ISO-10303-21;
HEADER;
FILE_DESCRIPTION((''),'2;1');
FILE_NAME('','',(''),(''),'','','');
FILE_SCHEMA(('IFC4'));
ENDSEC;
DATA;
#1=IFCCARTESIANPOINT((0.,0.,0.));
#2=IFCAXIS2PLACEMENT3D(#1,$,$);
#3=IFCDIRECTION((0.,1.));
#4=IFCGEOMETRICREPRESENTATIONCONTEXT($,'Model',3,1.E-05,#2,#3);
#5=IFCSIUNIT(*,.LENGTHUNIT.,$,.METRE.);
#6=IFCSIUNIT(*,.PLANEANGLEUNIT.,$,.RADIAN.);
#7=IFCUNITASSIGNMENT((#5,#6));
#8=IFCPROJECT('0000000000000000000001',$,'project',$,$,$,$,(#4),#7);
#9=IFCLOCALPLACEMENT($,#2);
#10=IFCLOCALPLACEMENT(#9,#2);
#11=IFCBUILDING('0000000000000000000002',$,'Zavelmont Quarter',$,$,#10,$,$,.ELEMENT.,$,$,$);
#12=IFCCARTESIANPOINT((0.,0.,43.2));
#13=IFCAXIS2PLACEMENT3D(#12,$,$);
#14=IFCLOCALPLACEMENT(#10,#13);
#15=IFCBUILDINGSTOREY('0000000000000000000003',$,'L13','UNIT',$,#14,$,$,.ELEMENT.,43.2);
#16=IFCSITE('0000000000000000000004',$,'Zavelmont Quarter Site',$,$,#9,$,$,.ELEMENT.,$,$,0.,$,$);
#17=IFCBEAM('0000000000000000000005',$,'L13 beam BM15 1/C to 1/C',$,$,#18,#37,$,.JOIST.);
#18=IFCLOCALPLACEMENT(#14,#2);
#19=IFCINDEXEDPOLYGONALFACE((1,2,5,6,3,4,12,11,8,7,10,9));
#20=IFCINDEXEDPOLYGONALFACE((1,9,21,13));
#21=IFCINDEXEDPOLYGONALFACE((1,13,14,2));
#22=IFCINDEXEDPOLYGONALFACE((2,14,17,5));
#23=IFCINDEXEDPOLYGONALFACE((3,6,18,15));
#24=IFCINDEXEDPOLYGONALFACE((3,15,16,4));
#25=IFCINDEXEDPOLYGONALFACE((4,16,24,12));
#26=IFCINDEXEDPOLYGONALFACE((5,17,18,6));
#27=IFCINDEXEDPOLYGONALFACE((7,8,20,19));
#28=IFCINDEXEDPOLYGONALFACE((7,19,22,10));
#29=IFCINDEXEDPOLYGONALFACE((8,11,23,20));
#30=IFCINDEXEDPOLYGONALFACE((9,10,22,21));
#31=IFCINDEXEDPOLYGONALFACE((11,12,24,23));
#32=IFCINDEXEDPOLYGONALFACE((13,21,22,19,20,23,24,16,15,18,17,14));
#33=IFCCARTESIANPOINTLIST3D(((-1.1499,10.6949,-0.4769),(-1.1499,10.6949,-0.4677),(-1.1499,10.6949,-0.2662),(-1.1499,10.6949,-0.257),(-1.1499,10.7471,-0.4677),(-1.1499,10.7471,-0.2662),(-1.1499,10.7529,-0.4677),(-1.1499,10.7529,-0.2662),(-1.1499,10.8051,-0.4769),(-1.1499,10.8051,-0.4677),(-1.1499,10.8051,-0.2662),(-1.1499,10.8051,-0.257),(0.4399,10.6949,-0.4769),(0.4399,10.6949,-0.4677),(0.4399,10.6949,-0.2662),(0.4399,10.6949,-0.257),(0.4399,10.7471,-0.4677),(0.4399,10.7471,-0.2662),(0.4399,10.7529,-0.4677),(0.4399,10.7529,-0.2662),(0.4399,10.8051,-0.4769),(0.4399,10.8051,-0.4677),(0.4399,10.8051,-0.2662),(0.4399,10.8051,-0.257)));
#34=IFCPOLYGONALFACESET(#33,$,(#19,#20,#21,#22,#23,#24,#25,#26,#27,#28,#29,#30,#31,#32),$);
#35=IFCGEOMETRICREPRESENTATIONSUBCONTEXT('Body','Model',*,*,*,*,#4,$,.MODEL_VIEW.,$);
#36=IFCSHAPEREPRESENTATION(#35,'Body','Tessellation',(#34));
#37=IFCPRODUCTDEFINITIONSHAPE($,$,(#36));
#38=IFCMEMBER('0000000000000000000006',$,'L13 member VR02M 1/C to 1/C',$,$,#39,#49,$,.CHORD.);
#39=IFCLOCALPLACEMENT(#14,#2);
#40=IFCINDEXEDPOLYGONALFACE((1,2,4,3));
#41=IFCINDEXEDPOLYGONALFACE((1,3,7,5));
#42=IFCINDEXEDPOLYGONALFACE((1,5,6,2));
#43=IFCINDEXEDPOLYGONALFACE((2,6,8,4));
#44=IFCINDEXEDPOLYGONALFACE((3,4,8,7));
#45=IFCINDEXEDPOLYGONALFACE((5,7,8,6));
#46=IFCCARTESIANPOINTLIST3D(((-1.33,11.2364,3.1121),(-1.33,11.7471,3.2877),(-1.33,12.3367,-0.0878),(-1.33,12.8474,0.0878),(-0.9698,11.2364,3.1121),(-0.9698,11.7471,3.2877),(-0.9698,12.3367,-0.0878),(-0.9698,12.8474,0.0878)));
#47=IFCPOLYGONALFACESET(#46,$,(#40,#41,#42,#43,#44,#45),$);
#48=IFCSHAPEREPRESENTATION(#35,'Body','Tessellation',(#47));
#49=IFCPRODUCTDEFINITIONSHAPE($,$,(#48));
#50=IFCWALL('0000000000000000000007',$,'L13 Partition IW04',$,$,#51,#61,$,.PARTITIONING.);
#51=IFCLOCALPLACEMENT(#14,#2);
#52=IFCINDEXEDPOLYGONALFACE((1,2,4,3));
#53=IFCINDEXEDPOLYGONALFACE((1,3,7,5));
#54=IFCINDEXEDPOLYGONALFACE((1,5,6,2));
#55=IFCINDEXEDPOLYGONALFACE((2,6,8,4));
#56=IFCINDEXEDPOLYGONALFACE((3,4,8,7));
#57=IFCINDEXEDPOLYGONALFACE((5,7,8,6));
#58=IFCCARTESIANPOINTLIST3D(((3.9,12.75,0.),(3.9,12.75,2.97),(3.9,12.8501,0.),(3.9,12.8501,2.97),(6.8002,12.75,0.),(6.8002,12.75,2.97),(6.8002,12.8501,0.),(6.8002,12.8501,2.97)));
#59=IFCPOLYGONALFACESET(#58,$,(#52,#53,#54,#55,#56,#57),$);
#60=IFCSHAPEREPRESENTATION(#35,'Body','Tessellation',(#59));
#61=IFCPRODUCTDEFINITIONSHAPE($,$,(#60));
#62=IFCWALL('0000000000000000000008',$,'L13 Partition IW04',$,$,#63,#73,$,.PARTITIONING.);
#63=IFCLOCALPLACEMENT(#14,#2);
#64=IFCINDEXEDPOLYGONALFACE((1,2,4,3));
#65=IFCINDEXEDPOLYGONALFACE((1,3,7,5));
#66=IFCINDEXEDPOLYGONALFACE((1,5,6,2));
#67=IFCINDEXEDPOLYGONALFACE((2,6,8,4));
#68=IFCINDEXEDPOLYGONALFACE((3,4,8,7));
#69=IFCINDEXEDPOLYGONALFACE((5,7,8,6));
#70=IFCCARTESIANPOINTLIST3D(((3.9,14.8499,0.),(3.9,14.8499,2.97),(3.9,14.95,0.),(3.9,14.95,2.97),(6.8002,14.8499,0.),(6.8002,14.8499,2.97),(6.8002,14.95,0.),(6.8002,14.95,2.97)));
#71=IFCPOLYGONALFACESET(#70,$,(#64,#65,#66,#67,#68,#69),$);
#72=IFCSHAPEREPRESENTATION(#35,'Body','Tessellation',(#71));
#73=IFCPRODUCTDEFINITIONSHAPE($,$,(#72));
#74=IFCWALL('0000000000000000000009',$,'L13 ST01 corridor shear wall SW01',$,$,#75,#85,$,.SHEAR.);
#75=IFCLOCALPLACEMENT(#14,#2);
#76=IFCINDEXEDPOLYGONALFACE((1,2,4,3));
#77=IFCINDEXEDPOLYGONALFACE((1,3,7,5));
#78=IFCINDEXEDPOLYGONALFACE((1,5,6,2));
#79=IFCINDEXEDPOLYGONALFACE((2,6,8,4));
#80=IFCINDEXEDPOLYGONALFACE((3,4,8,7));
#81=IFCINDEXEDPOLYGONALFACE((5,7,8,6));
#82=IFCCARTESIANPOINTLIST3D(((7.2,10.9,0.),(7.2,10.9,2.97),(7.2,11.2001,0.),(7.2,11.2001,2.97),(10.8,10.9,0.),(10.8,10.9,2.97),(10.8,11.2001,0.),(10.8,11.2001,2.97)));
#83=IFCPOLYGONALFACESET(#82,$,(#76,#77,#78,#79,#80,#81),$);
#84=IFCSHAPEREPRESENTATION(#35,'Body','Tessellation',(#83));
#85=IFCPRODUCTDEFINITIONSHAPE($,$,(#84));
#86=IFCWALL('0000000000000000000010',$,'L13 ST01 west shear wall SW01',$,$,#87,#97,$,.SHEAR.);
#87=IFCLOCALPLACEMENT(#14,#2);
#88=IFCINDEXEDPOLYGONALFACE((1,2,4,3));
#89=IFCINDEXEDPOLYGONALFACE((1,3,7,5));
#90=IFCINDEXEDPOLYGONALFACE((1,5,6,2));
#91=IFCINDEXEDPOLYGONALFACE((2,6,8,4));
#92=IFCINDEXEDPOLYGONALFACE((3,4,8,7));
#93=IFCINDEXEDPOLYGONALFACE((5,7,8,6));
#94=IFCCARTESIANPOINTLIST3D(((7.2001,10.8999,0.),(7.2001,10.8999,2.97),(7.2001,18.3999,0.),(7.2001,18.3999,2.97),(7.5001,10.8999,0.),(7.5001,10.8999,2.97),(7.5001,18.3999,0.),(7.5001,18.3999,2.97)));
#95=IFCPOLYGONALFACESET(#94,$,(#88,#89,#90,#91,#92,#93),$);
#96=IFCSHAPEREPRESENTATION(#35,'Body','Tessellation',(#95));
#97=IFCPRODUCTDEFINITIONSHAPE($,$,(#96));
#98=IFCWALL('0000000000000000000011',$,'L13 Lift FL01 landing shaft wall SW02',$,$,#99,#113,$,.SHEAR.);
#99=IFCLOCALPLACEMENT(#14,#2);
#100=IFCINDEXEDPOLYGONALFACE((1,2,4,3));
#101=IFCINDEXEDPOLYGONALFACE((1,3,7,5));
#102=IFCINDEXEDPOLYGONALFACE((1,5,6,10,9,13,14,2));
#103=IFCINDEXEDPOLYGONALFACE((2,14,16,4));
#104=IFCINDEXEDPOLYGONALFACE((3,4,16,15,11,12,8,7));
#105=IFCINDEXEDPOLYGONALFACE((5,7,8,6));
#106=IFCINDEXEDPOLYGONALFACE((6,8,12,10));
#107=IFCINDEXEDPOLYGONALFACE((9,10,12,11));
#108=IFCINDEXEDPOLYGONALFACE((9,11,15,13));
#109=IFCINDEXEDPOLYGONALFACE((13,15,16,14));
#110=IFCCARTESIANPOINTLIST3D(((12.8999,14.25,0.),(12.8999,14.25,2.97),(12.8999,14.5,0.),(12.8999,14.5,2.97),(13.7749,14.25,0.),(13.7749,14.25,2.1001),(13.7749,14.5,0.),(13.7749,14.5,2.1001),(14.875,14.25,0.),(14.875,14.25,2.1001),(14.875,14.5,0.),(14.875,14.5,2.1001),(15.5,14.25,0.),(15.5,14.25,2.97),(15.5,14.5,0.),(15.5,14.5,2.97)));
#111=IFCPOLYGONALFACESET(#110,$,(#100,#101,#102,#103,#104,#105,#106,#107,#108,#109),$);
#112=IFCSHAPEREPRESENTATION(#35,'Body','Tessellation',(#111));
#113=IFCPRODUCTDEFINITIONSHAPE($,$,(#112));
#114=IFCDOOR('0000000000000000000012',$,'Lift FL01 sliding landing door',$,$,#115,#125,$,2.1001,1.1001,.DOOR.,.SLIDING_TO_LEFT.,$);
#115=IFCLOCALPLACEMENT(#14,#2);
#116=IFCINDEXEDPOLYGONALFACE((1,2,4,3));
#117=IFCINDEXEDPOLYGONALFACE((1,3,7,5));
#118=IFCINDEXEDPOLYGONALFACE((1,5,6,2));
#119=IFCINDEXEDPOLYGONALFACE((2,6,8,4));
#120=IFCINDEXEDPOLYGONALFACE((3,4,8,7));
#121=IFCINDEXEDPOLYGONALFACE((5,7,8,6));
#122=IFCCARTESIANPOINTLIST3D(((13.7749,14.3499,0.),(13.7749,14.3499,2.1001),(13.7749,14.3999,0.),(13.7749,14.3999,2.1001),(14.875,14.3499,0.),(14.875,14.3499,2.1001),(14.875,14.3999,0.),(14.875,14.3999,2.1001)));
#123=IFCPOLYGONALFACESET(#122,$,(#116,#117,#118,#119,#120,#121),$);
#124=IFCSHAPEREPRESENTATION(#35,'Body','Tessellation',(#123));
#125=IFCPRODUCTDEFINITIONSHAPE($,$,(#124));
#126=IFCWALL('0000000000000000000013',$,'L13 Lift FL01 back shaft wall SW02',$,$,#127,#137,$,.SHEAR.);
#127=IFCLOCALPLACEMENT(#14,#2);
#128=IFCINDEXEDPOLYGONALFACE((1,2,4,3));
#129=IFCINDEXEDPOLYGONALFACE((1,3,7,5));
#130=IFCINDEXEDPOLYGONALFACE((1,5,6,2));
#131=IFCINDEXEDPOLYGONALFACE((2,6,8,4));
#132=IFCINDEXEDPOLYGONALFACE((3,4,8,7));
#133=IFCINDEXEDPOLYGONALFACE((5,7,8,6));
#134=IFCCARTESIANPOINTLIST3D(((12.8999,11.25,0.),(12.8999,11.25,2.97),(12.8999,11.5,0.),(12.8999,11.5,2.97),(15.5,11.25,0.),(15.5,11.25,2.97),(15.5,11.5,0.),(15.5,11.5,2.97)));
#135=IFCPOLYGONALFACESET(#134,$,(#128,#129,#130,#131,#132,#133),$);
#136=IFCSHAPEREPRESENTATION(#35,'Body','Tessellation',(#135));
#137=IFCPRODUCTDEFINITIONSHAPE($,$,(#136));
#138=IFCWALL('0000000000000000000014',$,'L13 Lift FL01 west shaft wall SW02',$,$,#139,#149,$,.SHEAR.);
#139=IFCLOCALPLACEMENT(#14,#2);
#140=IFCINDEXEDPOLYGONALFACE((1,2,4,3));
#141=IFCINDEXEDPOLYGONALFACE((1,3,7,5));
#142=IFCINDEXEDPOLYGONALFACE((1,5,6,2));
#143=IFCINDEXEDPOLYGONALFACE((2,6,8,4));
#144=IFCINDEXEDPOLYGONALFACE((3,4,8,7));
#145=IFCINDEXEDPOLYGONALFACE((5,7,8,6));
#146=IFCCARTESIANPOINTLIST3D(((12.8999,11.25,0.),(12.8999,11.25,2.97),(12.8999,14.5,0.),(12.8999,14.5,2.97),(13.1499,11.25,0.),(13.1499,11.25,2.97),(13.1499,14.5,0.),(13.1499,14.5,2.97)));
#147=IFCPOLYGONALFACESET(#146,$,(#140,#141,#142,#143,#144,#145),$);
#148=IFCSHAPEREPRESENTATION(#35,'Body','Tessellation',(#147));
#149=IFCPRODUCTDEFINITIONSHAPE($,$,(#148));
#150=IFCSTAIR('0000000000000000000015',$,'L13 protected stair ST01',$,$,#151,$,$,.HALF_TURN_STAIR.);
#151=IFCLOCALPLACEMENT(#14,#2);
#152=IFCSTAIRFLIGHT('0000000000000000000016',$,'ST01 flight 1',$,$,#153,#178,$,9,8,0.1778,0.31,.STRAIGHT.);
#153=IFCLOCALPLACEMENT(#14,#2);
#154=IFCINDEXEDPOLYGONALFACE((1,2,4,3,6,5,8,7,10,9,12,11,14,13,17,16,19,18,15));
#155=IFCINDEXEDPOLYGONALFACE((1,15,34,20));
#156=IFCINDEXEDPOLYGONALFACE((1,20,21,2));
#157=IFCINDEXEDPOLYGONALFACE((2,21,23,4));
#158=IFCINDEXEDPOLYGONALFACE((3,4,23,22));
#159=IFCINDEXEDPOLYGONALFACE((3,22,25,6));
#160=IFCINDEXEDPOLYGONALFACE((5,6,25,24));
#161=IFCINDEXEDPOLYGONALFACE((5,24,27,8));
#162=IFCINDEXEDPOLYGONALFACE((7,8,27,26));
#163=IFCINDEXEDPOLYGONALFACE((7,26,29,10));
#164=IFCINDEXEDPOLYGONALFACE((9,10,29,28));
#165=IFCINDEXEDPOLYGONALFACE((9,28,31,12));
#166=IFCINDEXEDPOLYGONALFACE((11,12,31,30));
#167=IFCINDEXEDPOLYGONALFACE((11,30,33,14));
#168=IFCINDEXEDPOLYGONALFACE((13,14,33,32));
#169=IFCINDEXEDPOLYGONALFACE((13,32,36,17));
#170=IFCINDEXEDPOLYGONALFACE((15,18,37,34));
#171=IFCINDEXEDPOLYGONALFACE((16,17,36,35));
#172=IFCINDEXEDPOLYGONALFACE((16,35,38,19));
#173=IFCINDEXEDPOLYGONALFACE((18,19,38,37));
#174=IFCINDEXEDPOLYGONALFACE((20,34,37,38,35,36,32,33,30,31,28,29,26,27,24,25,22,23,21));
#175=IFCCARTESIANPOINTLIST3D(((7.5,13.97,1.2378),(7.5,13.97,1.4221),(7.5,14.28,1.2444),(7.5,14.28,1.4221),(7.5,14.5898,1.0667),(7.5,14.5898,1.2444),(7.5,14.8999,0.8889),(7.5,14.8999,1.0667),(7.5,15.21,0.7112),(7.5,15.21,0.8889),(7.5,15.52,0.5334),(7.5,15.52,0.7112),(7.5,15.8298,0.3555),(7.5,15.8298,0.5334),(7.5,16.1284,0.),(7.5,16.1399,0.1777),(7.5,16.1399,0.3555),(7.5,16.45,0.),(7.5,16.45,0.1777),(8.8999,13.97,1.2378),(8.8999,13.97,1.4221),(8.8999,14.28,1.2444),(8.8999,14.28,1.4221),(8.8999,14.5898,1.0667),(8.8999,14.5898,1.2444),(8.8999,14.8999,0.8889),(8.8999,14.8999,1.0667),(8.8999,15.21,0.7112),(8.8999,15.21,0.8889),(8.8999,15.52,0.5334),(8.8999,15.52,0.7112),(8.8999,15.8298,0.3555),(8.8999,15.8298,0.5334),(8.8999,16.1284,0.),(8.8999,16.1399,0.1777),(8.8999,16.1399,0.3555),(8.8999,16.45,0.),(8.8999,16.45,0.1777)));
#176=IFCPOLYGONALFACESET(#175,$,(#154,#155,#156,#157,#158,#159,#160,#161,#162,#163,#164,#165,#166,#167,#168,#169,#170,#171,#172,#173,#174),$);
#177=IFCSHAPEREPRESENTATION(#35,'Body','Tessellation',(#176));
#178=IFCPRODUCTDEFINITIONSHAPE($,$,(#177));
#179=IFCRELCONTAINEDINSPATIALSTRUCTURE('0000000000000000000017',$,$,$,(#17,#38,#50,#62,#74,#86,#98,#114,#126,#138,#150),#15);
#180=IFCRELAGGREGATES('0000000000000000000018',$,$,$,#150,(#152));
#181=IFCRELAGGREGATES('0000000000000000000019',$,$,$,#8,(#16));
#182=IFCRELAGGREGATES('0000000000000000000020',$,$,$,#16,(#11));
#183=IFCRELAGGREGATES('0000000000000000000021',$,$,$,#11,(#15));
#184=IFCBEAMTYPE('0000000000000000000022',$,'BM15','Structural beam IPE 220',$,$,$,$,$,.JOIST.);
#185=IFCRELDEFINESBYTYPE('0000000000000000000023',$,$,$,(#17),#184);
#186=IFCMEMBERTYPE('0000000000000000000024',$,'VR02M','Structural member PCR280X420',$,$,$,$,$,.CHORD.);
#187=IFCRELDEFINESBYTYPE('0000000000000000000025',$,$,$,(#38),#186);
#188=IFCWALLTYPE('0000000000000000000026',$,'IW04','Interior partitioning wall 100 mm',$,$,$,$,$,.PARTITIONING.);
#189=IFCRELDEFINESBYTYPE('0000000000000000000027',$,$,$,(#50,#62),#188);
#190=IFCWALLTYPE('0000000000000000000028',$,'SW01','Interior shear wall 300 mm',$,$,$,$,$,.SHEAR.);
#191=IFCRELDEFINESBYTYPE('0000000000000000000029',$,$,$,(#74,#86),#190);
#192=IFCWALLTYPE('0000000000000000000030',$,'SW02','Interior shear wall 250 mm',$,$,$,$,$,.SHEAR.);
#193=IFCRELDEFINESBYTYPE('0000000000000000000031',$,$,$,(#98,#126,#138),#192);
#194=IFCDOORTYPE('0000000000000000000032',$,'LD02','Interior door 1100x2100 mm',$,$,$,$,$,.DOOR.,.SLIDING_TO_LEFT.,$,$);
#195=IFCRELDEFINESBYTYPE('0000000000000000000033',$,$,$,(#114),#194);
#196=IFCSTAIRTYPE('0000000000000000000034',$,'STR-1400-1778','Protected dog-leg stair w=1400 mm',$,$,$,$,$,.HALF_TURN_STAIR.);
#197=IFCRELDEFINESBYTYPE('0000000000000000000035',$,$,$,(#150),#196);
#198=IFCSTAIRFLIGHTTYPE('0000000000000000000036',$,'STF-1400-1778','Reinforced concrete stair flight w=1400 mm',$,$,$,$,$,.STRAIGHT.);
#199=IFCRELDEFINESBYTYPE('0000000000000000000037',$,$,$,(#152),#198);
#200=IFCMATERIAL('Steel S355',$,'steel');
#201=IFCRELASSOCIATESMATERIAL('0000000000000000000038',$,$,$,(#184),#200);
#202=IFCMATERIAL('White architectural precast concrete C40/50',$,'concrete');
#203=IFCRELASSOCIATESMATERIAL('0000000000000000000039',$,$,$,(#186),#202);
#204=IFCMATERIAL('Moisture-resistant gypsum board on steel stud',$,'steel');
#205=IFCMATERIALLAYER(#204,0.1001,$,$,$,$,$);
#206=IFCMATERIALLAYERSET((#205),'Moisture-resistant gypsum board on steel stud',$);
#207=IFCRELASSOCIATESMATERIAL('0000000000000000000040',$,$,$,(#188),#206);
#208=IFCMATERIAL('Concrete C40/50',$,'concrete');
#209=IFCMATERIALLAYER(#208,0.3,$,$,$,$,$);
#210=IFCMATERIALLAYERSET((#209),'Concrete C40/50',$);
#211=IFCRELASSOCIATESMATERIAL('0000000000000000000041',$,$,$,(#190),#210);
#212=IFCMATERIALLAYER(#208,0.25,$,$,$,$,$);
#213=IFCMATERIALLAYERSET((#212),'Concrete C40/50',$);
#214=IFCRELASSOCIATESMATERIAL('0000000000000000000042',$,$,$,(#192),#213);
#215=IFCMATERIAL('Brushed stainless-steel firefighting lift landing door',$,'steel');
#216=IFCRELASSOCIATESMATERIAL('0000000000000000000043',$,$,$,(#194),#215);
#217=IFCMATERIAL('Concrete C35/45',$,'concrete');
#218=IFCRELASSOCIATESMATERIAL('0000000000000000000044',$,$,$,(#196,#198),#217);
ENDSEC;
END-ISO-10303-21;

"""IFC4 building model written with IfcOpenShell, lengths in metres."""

from ifc_helpers import new_model, si_unit, direction, frame, frame_2d, origin, origin_with_axes, origin_2d, place, context, subcontext, project, spatial, polyline, rectangle, i_section, outline, extrude, material, layer, layer_set, material_profile, profile_set, type_object, element, fill, aggregate, save


model = new_model("IFC4")

# Units and contexts
model_context = context("Model", 3, precision=1e-05, world=origin(), true_north=direction((0.0, 1.0)))
body_context = subcontext(model_context, "Body", "Model", "MODEL_VIEW")
ifc_project = project(units=[si_unit("LENGTHUNIT", "METRE"), si_unit("PLANEANGLEUNIT", "RADIAN")], contexts=[model_context])

# Site, building, storey
site_placement = place(None, origin())
site = spatial("IfcSite", under=ifc_project, at=site_placement, Name="Zavelmont Quarter Site", CompositionType="ELEMENT", RefElevation=0.0)
building_placement = place(site_placement, origin())
building = spatial("IfcBuilding", under=site, at=building_placement, Name="Zavelmont Quarter", CompositionType="ELEMENT")
storey_placement = place(building_placement, frame((0.0, 0.0, 43.2)))
storey = spatial("IfcBuildingStorey", under=building, at=storey_placement, Name="L13", Description="UNIT", CompositionType="ELEMENT", Elevation=43.2)

# Beam
ifc_material_1 = material(Name="Steel S355", Category="steel")
ifc_material_profile_1 = material_profile(ifc_material_1, i_section(OverallWidth=0.1101, OverallDepth=0.22, WebThickness=0.0059, FlangeThickness=0.0093, at=origin_2d()), Name="IPE 220")
ifc_profile_set_1 = profile_set([ifc_material_profile_1], Name="Steel S355")
beam_type = type_object("IfcBeamType", Name="BM15", Description="Structural beam IPE 220", PredefinedType="JOIST", material=ifc_profile_set_1)
beam_placement = place(storey_placement, frame((0.4399, 10.75, -0.3669), z_axis=(-1.0, 0.0, 0.0), x_axis=(0.0, -1.0, 0.0)))
element("IfcBeam", 1, at=beam_placement, inside=storey, type_object=beam_type, Name="L13 beam BM15 1/C to 1/C", PredefinedType="JOIST", context=body_context, shape_type="SweptSolid", body=[
    extrude(i_section(OverallWidth=0.1101, OverallDepth=0.22, WebThickness=0.0059, FlangeThickness=0.0093, at=origin_2d()), origin(), (0.0, 0.0, 1.0), 1.5898),
])

# Member
ifc_material_2 = material(Name="White architectural precast concrete C40/50", Category="concrete")
ifc_material_profile_2 = material_profile(ifc_material_2, rectangle(XDim=0.3601, YDim=0.54, at=origin_2d()), Name="PCR280X420")
ifc_profile_set_2 = profile_set([ifc_material_profile_2], Name="White architectural precast concrete C40/50")
member_type = type_object("IfcMemberType", Name="VR02M", Description="Structural member PCR280X420", PredefinedType="CHORD", material=ifc_profile_set_2)
member_placement = place(storey_placement, frame((-1.1499, 12.592, 0.0), z_axis=(0.0, -0.325175, 0.945654), x_axis=(1.0, 0.0, 0.0)))
element("IfcMember", 2, at=member_placement, inside=storey, type_object=member_type, Name="L13 member VR02M 1/C to 1/C", PredefinedType="CHORD", context=body_context, shape_type="SweptSolid", body=[
    extrude(rectangle(XDim=0.3601, YDim=0.54, at=origin_2d()), origin(), (0.0, 0.0, 1.0), 3.3838),
])

# Walls
ifc_material_3 = material(Name="Moisture-resistant gypsum board on steel stud", Category="steel")
ifc_layer_1 = layer(ifc_material_3, 0.1001)
ifc_layer_set_1 = layer_set([ifc_layer_1], Name="Moisture-resistant gypsum board on steel stud")
wall_type_1 = type_object("IfcWallType", Name="IW04", Description="Interior partitioning wall 100 mm", PredefinedType="PARTITIONING", material=ifc_layer_set_1)
for number, where, z_axis, x_axis, name in (
    (3, (3.8999, 12.8, 0.0), (0.0, 0.0, 1.0), (1.0, 0.0, 0.0), "L13 Partition IW04"),
    (4, (3.8999, 14.8999, 0.0), (0.0, 0.0, 1.0), (1.0, 0.0, 0.0), "L13 Partition IW04"),
):
    element("IfcWall", number, at=place(storey_placement, frame(where, z_axis=z_axis, x_axis=x_axis)), inside=storey, type_object=wall_type_1, Name=name, PredefinedType="PARTITIONING", context=body_context, shape_type="SweptSolid", body=[
        extrude(rectangle(XDim=2.9001, YDim=0.1001, at=frame_2d((1.4502, 0.0))), origin(), (0.0, 0.0, 1.0), 2.97),
    ])
ifc_material_4 = material(Name="Concrete C40/50", Category="concrete")
ifc_layer_2 = layer(ifc_material_4, 0.3)
ifc_layer_set_2 = layer_set([ifc_layer_2], Name="Concrete C40/50")
wall_type_2 = type_object("IfcWallType", Name="SW01", Description="Interior shear wall 300 mm", PredefinedType="SHEAR", material=ifc_layer_set_2)
wall_1_placement = place(storey_placement, frame((7.2, 11.05, 0.0), z_axis=(0.0, 0.0, 1.0), x_axis=(1.0, 0.0, 0.0)))
element("IfcWall", 5, at=wall_1_placement, inside=storey, type_object=wall_type_2, Name="L13 ST01 corridor shear wall SW01", PredefinedType="SHEAR", context=body_context, shape_type="SweptSolid", body=[
    extrude(rectangle(XDim=3.6001, YDim=0.3, at=frame_2d((1.8, 0.0))), origin(), (0.0, 0.0, 1.0), 2.97),
])
wall_2_placement = place(storey_placement, frame((7.3501, 10.8999, 0.0), z_axis=(0.0, 0.0, 1.0), x_axis=(0.0, 1.0, 0.0)))
element("IfcWall", 6, at=wall_2_placement, inside=storey, type_object=wall_type_2, Name="L13 ST01 west shear wall SW01", PredefinedType="SHEAR", context=body_context, shape_type="SweptSolid", body=[
    extrude(rectangle(XDim=7.5, YDim=0.3, at=frame_2d((3.75, 0.0))), origin(), (0.0, 0.0, 1.0), 2.97),
])

# Wall, opening, door
ifc_layer_3 = layer(ifc_material_4, 0.25)
ifc_layer_set_3 = layer_set([ifc_layer_3], Name="Concrete C40/50")
wall_type_3 = type_object("IfcWallType", Name="SW02", Description="Interior shear wall 250 mm", PredefinedType="SHEAR", material=ifc_layer_set_3)
wall_3_placement = place(storey_placement, frame((12.8999, 14.375, 0.0), z_axis=(0.0, 0.0, 1.0), x_axis=(1.0, 0.0, 0.0)))
wall_3 = element("IfcWall", 7, at=wall_3_placement, inside=storey, type_object=wall_type_3, Name="L13 Lift FL01 landing shaft wall SW02", PredefinedType="SHEAR", context=body_context, shape_type="SweptSolid", body=[
    extrude(rectangle(XDim=2.6001, YDim=0.25, at=frame_2d((1.3, 0.0))), origin(), (0.0, 0.0, 1.0), 2.97),
])
opening_1_placement = place(wall_3_placement, frame((0.875, 0.0, 0.0)))
opening_1 = element("IfcOpeningElement", 8, at=opening_1_placement, cuts=wall_3, PredefinedType="OPENING", context=body_context, shape_type="SweptSolid", body=[
    extrude(rectangle(XDim=1.1001, YDim=2.1001, at=frame_2d((0.55, 1.05))), frame((0.0, 0.137, 0.0), z_axis=(0.0, -1.0, 0.0), x_axis=(1.0, 0.0, 0.0)), (0.0, 0.0, 1.0), 0.2739),
])
ifc_material_5 = material(Name="Brushed stainless-steel firefighting lift landing door", Category="steel")
door_type_1 = type_object("IfcDoorType", Name="LD02", Description="Interior door 1100x2100 mm", OperationType="SLIDING_TO_LEFT", PredefinedType="DOOR", material=ifc_material_5)
door_1_placement = place(opening_1_placement, origin_with_axes())
door_1 = element("IfcDoor", 9, at=door_1_placement, inside=storey, type_object=door_type_1, Name="Lift FL01 sliding landing door", OperationType="SLIDING_TO_LEFT", OverallHeight=2.1001, OverallWidth=1.1001, PredefinedType="DOOR", context=body_context, shape_type="SweptSolid", body=[
    extrude(rectangle(XDim=1.1001, YDim=2.1001, at=frame_2d((0.55, 1.05))), frame((0.0, 0.0249, 0.0), z_axis=(0.0, -1.0, 0.0), x_axis=(1.0, 0.0, 0.0)), (0.0, 0.0, 1.0), 0.05),
])
fill(opening_1, door_1)

# Walls
wall_4_placement = place(storey_placement, frame((12.8999, 11.375, 0.0), z_axis=(0.0, 0.0, 1.0), x_axis=(1.0, 0.0, 0.0)))
element("IfcWall", 10, at=wall_4_placement, inside=storey, type_object=wall_type_3, Name="L13 Lift FL01 back shaft wall SW02", PredefinedType="SHEAR", context=body_context, shape_type="SweptSolid", body=[
    extrude(rectangle(XDim=2.6001, YDim=0.25, at=frame_2d((1.3, 0.0))), origin(), (0.0, 0.0, 1.0), 2.97),
])
wall_5_placement = place(storey_placement, frame((13.0249, 11.25, 0.0), z_axis=(0.0, 0.0, 1.0), x_axis=(0.0, 1.0, 0.0)))
element("IfcWall", 11, at=wall_5_placement, inside=storey, type_object=wall_type_3, Name="L13 Lift FL01 west shaft wall SW02", PredefinedType="SHEAR", context=body_context, shape_type="SweptSolid", body=[
    extrude(rectangle(XDim=3.25, YDim=0.25, at=frame_2d((1.625, 0.0))), origin(), (0.0, 0.0, 1.0), 2.97),
])

# Stair, stair flight
ifc_material_6 = material(Name="Concrete C35/45", Category="concrete")
stair_type = type_object("IfcStairType", Name="STR-1400-1778", Description="Protected dog-leg stair w=1400 mm", PredefinedType="HALF_TURN_STAIR", material=ifc_material_6)
stair_placement = place(storey_placement, origin())
stair = element("IfcStair", 12, at=stair_placement, inside=storey, type_object=stair_type, Name="L13 protected stair ST01", PredefinedType="HALF_TURN_STAIR")
stair_flight_type = type_object("IfcStairFlightType", Name="STF-1400-1778", Description="Reinforced concrete stair flight w=1400 mm", PredefinedType="STRAIGHT", material=ifc_material_6)
stair_flight_1_placement = place(storey_placement, frame((8.2, 16.45, 0.0), z_axis=(0.0, 0.0, 1.0), x_axis=(0.0, -1.0, 0.0)))
stair_flight_1 = element("IfcStairFlight", 13, at=stair_flight_1_placement, type_object=stair_flight_type, Name="ST01 flight 1", NumberOfRisers=9, NumberOfTreads=8, PredefinedType="STRAIGHT", RiserHeight=0.1778, TreadLength=0.31, context=body_context, shape_type="SweptSolid", body=[
    extrude(outline(polyline([(0.0, 0.0), (0.0, 0.1777), (0.3101, 0.1777), (0.3101, 0.3555), (0.6201, 0.3555), (0.6201, 0.5334), (0.9299, 0.5334), (0.9299, 0.7112), (1.24, 0.7112), (1.24, 0.8889), (1.55, 0.8889), (1.55, 1.0667), (1.8601, 1.0667), (1.8601, 1.2444), (2.1699, 1.2444), (2.1699, 1.4221), (2.48, 1.4221), (2.48, 1.6001), (2.48, 1.2378), (0.3215, 0.0), (0.0, 0.0)])), frame((0.0, 0.7, 0.0), z_axis=(0.0, -1.0, 0.0), x_axis=(1.0, 0.0, 0.0)), (0.0, 0.0, 1.0), 1.3999),
])
aggregate(stair, [stair_flight_1])

save(model, "model.ifc")
